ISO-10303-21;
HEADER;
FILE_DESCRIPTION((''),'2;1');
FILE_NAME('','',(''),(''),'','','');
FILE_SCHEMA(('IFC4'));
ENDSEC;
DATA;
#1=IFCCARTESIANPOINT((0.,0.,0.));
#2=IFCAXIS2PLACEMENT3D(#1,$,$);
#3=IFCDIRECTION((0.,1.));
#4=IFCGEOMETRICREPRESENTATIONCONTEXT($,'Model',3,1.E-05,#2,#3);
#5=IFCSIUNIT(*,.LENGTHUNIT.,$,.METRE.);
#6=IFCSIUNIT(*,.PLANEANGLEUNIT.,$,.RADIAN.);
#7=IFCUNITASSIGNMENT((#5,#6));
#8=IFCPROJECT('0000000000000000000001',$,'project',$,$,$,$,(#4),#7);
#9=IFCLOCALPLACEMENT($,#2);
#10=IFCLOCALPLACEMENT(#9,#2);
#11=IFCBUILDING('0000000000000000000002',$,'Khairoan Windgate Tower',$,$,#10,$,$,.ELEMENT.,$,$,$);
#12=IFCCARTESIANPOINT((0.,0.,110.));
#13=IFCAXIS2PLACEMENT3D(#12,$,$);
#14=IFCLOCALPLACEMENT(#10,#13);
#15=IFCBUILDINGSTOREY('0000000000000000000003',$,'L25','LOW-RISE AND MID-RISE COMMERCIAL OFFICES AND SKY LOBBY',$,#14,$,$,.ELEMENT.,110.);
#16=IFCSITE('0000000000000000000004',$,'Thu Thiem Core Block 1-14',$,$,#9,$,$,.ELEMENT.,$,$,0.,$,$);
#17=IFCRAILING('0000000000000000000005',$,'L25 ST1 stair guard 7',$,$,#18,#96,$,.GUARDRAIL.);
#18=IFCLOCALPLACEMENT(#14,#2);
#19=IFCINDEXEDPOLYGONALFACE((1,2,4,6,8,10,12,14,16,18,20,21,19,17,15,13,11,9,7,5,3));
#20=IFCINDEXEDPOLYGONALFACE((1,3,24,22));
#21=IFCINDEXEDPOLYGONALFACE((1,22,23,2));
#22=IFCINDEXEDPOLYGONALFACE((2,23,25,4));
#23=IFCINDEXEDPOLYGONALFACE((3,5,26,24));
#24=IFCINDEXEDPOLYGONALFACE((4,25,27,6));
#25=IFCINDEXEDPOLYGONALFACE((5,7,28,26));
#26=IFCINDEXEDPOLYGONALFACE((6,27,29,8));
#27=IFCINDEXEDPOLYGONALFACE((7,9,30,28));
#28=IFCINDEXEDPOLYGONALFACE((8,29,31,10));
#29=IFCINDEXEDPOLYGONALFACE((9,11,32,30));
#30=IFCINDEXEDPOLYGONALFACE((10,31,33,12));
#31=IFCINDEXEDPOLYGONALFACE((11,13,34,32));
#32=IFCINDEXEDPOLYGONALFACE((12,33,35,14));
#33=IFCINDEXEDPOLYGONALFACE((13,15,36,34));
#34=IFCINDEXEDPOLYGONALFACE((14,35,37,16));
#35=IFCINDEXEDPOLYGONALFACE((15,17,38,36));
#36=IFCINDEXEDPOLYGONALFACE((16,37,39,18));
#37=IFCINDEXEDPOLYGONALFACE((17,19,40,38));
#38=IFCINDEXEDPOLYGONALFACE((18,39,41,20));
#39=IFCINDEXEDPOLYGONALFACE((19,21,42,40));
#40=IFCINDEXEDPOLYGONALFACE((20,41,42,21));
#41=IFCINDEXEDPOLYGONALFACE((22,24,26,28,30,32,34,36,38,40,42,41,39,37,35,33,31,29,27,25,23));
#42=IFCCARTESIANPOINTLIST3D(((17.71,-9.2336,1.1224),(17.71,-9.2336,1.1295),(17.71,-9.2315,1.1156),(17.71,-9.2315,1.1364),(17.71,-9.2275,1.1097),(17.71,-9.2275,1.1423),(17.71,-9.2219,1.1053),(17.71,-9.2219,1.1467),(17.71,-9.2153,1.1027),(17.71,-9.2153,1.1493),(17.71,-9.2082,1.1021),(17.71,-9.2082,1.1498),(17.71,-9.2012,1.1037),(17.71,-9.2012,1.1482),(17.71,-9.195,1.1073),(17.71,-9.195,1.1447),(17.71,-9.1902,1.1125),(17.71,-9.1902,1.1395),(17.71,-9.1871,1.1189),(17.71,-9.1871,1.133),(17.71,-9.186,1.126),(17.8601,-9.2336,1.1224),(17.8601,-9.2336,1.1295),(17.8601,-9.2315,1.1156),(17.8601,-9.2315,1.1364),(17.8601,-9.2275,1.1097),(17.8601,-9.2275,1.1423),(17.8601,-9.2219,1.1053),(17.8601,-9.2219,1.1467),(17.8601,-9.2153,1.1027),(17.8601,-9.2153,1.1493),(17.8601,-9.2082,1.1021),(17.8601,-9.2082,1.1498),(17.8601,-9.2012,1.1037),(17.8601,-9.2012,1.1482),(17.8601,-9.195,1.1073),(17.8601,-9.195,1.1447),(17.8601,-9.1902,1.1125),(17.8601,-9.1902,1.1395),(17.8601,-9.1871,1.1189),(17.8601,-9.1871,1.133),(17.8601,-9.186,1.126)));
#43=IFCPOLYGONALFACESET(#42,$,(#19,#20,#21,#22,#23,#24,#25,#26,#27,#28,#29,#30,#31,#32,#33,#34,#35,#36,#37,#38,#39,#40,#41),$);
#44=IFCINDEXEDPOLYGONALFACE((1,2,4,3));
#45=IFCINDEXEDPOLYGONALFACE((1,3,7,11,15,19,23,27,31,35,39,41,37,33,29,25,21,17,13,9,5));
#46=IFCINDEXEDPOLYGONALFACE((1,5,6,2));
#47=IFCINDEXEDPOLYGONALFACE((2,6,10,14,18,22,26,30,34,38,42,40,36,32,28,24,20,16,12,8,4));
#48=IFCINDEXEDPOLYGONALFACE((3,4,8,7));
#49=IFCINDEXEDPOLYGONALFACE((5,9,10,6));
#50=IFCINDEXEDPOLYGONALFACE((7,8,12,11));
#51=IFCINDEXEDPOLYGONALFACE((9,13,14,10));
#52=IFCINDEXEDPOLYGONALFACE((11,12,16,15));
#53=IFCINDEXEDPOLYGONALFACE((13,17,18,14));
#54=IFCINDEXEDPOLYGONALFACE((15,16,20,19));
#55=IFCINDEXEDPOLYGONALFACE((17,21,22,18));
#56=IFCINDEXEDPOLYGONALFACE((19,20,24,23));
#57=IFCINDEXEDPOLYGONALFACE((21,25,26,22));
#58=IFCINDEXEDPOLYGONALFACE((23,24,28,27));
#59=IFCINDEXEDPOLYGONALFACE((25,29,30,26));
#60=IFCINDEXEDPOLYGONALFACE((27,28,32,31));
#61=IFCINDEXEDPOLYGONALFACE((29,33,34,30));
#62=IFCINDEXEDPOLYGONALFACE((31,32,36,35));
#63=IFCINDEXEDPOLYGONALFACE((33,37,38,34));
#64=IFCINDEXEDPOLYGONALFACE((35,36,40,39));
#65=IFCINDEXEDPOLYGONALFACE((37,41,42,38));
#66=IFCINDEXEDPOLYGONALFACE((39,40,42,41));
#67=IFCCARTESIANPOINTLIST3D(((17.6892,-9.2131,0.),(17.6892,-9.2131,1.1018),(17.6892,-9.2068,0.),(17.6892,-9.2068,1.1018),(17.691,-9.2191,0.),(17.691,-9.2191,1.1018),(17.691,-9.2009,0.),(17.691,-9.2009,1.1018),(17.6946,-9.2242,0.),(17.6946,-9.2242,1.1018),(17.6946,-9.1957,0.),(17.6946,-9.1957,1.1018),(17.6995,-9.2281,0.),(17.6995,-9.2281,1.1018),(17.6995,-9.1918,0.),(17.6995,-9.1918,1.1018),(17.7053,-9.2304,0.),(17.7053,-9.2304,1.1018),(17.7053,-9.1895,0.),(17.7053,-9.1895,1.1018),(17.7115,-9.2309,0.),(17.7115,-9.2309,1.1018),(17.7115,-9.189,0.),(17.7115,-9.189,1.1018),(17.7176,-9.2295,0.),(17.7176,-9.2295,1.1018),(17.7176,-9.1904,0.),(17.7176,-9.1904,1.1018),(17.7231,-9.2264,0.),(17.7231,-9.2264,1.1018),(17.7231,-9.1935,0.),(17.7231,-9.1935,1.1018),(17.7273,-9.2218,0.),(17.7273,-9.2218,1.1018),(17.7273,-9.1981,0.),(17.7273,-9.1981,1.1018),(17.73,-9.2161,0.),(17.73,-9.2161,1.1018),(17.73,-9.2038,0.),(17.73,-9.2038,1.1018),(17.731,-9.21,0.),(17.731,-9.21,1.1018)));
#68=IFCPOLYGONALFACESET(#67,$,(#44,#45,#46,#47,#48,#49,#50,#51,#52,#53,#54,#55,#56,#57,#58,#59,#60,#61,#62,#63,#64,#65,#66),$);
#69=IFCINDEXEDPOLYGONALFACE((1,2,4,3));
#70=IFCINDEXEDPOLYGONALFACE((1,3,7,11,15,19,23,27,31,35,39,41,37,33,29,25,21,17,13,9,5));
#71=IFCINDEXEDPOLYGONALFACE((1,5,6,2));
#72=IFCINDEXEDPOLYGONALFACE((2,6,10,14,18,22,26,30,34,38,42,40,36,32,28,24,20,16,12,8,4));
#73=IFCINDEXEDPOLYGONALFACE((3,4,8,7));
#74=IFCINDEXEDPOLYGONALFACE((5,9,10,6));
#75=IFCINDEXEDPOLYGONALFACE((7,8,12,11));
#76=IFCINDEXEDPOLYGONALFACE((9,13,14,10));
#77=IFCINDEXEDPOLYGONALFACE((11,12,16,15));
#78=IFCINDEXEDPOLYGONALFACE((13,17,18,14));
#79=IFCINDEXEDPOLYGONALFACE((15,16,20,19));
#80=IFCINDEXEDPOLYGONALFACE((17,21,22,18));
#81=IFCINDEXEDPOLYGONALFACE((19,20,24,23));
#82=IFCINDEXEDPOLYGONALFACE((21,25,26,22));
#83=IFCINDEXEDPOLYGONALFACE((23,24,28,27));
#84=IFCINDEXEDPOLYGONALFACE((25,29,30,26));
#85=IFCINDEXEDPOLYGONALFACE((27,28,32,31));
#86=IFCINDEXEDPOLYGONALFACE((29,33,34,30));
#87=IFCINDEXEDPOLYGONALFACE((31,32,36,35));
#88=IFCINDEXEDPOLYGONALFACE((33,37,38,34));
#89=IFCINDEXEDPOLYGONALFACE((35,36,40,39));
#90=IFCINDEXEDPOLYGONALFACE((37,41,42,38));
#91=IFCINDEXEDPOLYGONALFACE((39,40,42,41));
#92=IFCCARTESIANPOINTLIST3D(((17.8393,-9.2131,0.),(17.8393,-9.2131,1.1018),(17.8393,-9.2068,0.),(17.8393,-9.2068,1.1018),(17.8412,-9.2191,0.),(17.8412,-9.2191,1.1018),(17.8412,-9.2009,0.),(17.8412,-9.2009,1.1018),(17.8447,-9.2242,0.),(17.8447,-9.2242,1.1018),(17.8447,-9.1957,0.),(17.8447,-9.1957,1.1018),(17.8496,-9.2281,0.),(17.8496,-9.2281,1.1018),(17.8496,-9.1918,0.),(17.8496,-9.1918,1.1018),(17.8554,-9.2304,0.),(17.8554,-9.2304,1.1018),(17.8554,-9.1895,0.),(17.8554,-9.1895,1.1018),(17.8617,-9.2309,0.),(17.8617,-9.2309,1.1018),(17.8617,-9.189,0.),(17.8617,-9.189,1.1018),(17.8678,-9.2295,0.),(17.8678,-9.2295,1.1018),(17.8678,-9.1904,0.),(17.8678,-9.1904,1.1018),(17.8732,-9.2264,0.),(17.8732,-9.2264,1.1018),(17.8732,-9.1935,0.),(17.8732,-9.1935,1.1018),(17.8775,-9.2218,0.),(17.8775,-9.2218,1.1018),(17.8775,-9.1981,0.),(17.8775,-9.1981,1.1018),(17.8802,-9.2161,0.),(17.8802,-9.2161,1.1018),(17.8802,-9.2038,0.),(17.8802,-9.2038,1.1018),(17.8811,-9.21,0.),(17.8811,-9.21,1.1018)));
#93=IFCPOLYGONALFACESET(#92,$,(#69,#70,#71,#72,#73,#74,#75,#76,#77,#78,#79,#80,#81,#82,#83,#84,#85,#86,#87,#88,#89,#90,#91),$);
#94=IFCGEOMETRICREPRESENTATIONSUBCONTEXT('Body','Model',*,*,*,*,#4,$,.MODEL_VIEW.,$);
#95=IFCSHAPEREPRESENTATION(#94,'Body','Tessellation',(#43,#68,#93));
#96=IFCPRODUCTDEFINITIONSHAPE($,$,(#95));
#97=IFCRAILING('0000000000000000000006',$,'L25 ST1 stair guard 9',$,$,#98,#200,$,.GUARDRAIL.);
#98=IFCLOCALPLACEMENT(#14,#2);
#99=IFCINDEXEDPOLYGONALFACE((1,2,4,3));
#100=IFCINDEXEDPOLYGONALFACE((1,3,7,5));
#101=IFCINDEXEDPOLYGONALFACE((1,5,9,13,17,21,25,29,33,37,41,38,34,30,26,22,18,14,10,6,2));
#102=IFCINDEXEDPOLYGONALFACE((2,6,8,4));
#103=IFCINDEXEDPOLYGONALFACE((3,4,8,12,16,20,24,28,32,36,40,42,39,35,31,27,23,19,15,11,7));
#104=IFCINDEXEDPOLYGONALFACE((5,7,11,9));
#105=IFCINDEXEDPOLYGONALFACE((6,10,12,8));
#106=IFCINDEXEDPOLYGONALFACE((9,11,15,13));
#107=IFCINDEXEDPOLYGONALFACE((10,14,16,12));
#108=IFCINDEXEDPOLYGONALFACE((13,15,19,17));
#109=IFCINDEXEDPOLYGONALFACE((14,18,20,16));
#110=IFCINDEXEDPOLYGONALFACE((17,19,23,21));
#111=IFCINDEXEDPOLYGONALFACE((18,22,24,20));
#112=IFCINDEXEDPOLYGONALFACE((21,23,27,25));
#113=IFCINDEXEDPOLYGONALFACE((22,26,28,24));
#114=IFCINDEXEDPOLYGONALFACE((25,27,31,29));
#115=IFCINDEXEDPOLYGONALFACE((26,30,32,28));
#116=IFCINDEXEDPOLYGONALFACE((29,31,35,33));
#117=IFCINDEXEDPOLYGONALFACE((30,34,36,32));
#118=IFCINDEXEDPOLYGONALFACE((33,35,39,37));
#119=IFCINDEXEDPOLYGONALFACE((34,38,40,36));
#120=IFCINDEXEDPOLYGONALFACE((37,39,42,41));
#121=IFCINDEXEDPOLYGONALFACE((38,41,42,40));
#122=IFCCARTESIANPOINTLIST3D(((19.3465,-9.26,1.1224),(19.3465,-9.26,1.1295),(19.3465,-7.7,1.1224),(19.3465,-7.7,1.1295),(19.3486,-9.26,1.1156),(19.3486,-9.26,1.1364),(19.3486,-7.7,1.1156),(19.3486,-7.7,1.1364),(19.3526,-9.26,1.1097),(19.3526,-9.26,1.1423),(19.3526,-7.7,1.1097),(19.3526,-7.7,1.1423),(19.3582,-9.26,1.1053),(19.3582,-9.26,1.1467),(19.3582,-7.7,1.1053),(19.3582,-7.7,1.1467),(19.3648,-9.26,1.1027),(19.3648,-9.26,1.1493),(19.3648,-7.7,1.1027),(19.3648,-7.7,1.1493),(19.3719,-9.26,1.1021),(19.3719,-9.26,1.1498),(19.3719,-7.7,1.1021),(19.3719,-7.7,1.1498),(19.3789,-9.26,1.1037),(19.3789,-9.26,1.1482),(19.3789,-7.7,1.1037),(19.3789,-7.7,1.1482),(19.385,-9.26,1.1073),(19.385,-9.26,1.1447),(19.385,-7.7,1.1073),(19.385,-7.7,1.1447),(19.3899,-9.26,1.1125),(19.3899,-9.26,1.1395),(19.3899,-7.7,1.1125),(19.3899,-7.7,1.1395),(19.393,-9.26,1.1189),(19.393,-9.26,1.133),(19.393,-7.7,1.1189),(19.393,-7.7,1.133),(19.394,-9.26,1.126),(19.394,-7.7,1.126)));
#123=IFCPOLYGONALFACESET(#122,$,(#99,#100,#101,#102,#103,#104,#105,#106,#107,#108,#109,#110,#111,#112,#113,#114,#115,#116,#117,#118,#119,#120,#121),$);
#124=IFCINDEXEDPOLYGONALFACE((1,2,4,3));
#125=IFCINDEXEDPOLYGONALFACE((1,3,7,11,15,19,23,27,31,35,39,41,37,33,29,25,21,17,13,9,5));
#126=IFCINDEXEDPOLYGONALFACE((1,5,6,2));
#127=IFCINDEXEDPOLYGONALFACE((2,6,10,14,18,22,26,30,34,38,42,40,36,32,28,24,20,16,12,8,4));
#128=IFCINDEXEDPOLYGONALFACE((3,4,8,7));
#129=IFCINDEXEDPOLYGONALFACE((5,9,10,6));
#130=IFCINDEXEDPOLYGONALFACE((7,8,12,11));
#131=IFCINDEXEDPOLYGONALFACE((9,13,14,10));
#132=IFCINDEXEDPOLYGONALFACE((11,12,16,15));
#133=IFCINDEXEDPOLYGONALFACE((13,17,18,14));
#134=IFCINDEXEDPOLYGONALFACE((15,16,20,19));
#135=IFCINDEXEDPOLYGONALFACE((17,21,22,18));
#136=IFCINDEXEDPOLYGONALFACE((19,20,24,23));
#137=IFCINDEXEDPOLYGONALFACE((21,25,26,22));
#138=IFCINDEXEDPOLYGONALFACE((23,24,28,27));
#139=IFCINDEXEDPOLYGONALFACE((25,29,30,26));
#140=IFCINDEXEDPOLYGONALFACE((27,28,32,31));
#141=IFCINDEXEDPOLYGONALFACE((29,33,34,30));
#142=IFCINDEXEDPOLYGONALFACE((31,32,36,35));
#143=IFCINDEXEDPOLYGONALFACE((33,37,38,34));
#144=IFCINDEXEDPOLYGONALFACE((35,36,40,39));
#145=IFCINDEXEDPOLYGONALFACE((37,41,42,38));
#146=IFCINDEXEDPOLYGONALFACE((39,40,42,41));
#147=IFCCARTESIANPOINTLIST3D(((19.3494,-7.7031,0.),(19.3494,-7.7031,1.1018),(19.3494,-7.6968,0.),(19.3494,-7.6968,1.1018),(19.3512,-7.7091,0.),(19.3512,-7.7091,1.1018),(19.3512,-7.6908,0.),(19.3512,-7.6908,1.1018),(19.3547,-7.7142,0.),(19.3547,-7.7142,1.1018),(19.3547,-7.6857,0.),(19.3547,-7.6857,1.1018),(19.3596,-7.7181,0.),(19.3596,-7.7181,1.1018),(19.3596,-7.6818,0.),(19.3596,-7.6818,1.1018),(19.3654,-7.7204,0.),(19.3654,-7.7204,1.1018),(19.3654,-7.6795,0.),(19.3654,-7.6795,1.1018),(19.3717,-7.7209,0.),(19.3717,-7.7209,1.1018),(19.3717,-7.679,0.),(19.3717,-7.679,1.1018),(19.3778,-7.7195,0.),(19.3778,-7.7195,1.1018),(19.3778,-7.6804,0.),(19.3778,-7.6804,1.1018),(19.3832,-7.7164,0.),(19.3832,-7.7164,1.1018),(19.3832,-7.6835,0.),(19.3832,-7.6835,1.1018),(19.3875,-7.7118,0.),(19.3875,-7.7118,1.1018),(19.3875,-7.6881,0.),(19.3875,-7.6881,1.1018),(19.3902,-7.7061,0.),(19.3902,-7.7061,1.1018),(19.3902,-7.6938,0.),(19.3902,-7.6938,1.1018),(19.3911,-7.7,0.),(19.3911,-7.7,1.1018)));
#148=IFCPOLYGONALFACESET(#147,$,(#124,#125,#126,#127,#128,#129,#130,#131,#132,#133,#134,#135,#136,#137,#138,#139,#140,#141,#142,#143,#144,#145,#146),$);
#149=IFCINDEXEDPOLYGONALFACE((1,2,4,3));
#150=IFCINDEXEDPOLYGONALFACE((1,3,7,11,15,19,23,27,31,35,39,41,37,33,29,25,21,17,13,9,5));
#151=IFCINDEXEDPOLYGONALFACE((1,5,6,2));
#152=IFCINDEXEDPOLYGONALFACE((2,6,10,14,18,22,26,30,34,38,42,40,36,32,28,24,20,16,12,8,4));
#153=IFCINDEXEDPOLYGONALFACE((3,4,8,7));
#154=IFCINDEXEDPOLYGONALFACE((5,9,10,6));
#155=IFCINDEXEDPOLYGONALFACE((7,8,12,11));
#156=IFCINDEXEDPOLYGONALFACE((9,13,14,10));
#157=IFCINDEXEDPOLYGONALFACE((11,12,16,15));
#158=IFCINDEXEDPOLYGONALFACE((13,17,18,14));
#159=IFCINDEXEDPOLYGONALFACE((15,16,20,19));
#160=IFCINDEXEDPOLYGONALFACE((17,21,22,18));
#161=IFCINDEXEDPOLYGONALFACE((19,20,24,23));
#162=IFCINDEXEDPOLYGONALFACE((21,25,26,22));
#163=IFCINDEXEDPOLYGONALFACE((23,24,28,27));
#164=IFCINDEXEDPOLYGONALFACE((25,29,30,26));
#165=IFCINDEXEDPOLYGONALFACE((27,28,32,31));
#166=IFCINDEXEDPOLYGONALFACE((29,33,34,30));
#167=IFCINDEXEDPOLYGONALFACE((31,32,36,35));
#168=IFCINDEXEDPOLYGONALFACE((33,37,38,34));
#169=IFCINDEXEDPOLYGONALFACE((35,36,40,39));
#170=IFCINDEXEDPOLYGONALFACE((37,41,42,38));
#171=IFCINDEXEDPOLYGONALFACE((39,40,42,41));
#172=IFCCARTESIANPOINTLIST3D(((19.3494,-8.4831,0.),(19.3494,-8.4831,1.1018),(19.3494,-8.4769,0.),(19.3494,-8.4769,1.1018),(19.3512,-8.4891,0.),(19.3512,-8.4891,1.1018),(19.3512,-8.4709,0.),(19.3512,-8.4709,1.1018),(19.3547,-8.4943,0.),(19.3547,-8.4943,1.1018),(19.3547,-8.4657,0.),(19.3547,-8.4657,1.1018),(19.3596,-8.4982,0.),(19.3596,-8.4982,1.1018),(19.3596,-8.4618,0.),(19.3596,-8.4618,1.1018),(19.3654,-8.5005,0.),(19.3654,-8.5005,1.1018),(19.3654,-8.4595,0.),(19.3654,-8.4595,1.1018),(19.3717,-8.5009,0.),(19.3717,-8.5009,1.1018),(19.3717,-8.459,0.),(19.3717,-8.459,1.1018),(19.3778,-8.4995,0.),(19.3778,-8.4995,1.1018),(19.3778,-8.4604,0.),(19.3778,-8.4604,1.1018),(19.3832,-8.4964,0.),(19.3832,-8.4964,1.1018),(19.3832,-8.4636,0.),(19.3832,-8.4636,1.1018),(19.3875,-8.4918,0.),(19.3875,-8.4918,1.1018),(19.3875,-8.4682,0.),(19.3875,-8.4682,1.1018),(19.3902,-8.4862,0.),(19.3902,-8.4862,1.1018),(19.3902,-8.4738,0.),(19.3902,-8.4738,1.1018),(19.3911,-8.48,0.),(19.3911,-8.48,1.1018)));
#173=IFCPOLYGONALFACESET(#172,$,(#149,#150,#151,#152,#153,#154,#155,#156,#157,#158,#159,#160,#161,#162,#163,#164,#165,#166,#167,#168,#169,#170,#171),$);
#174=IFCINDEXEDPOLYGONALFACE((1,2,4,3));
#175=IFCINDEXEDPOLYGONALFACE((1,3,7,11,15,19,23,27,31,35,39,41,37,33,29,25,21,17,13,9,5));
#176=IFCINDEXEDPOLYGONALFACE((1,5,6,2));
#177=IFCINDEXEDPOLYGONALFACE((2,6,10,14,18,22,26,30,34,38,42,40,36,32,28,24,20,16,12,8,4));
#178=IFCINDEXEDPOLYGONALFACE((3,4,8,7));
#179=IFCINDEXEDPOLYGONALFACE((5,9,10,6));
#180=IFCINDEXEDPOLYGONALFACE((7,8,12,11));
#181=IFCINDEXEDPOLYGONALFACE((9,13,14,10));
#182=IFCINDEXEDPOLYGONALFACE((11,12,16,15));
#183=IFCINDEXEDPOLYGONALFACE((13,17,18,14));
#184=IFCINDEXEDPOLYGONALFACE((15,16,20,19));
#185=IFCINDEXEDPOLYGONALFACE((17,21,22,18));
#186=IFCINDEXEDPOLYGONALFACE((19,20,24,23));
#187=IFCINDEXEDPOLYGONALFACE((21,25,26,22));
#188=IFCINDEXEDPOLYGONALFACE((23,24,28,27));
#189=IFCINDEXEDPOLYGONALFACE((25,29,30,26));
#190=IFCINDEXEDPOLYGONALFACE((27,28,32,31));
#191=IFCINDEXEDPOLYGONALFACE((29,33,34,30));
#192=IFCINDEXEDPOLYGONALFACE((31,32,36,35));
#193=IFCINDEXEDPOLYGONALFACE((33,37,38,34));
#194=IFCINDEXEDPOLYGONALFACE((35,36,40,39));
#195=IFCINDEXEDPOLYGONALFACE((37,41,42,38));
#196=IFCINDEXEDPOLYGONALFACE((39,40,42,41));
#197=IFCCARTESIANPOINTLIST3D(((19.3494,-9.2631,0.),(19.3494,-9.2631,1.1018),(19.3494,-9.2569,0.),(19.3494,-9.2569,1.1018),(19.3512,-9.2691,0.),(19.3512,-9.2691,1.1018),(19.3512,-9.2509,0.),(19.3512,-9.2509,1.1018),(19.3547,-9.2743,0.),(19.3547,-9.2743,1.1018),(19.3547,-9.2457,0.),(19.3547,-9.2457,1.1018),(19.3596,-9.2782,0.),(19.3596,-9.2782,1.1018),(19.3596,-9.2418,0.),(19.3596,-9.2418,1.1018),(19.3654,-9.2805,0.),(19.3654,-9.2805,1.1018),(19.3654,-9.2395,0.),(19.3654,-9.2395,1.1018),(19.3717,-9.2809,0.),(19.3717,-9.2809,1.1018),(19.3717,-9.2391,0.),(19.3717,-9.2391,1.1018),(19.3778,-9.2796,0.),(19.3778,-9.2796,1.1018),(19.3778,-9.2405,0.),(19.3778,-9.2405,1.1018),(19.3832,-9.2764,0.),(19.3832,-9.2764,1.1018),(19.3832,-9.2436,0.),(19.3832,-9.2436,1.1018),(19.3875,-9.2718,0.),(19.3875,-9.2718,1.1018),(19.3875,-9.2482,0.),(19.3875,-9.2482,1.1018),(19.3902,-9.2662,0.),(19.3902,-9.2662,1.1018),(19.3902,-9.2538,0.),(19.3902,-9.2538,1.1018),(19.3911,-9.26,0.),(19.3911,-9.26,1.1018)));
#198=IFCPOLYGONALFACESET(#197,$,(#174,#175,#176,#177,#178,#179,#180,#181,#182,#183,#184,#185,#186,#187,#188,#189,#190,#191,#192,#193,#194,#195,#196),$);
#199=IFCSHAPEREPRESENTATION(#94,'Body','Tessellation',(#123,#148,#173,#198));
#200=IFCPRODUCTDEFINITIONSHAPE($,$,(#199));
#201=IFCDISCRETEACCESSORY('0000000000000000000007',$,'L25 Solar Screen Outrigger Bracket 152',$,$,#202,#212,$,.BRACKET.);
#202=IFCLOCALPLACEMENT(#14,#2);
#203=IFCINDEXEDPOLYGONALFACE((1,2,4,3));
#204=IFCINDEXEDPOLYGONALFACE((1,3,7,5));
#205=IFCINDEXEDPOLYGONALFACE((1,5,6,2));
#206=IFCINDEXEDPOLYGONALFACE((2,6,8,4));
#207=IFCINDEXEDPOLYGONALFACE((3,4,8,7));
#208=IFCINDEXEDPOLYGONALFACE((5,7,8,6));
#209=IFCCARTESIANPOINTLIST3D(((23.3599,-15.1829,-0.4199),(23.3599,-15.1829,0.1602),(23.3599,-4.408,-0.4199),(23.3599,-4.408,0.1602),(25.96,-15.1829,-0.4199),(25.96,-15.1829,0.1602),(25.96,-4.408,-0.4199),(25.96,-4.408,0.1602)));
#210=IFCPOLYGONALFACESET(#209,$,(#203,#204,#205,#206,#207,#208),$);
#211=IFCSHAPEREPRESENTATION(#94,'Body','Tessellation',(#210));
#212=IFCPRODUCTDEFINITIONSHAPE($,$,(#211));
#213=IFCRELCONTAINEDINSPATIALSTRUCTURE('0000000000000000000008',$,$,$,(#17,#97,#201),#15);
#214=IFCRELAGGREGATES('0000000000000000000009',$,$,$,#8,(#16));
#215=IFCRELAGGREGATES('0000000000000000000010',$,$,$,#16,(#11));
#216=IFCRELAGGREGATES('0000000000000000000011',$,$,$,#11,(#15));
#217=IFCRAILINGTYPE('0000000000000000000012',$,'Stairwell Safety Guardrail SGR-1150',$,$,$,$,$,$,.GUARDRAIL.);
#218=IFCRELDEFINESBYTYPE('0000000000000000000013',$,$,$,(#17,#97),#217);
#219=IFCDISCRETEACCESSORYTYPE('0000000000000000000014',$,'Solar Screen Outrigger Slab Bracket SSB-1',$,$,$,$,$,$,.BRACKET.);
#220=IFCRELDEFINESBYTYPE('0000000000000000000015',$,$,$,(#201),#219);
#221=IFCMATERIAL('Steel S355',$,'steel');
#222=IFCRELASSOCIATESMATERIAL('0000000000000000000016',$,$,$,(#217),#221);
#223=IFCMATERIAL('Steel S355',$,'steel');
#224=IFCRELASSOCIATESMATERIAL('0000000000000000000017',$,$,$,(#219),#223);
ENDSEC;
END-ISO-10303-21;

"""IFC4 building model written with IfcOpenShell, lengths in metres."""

from ifc_helpers import new_model, si_unit, direction, frame, origin, origin_2d, place, context, subcontext, project, spatial, rectangle, circle, extrude, material, type_object, element, save


model = new_model("IFC4")

# Units and contexts
model_context = context("Model", 3, precision=1e-05, world=origin(), true_north=direction((0.0, 1.0)))
body_context = subcontext(model_context, "Body", "Model", "MODEL_VIEW")
ifc_project = project(units=[si_unit("LENGTHUNIT", "METRE"), si_unit("PLANEANGLEUNIT", "RADIAN")], contexts=[model_context])

# Site, building, storey
site_placement = place(None, origin())
site = spatial("IfcSite", under=ifc_project, at=site_placement, Name="Thu Thiem Core Block 1-14", CompositionType="ELEMENT", RefElevation=0.0)
building_placement = place(site_placement, origin())
building = spatial("IfcBuilding", under=site, at=building_placement, Name="Khairoan Windgate Tower", CompositionType="ELEMENT")
storey_placement = place(building_placement, frame((0.0, 0.0, 110.0)))
storey = spatial("IfcBuildingStorey", under=building, at=storey_placement, Name="L25", Description="LOW-RISE AND MID-RISE COMMERCIAL OFFICES AND SKY LOBBY", CompositionType="ELEMENT", Elevation=110.0)

# Railings
ifc_material_1 = material(Name="Steel S355", Category="steel")
railing_type_1 = type_object("IfcRailingType", Name="Stairwell Safety Guardrail SGR-1150", PredefinedType="GUARDRAIL", material=ifc_material_1)
railing_1_placement = place(storey_placement, frame((17.71, -9.21, 0.0)))
element("IfcRailing", 1, at=railing_1_placement, inside=storey, type_object=railing_type_1, Name="L25 ST1 stair guard 7", PredefinedType="GUARDRAIL", context=body_context, shape_type="SweptSolid", body=[
    extrude(circle(Radius=0.0239, at=origin_2d()), frame((0.0, 0.0, 1.126), z_axis=(1.0, 0.0, 0.0), x_axis=(0.0, 1.0, 0.0)), (0.0, 0.0, 1.0), 0.1501),
    extrude(circle(Radius=0.021, at=origin_2d()), origin(), (0.0, 0.0, 1.0), 1.1018),
    extrude(circle(Radius=0.021, at=origin_2d()), frame((0.1501, 0.0, 0.0)), (0.0, 0.0, 1.0), 1.1018),
])
railing_2_placement = place(storey_placement, frame((19.3701, -7.7, 0.0)))
element("IfcRailing", 2, at=railing_2_placement, inside=storey, type_object=railing_type_1, Name="L25 ST1 stair guard 9", PredefinedType="GUARDRAIL", context=body_context, shape_type="SweptSolid", body=[
    extrude(circle(Radius=0.0239, at=origin_2d()), frame((0.0, 0.0, 1.126), z_axis=(0.0, -1.0, 0.0), x_axis=(1.0, 0.0, 0.0)), (0.0, 0.0, 1.0), 1.5601),
    extrude(circle(Radius=0.021, at=origin_2d()), origin(), (0.0, 0.0, 1.0), 1.1018),
    extrude(circle(Radius=0.021, at=origin_2d()), frame((0.0, -0.78, 0.0)), (0.0, 0.0, 1.0), 1.1018),
    extrude(circle(Radius=0.021, at=origin_2d()), frame((0.0, -1.5601, 0.0)), (0.0, 0.0, 1.0), 1.1018),
])

# Discrete accessory
ifc_material_2 = material(Name="Steel S355", Category="steel")
discrete_accessory_type = type_object("IfcDiscreteAccessoryType", Name="Solar Screen Outrigger Slab Bracket SSB-1", PredefinedType="BRACKET", material=ifc_material_2)
discrete_accessory_placement = place(storey_placement, frame((24.6599, -9.7954, -0.4199), z_axis=(0.0, 0.0, 1.0), x_axis=(0.0, -1.0, 0.0)))
element("IfcDiscreteAccessory", 3, at=discrete_accessory_placement, inside=storey, type_object=discrete_accessory_type, Name="L25 Solar Screen Outrigger Bracket 152", PredefinedType="BRACKET", context=body_context, shape_type="SweptSolid", body=[
    extrude(rectangle(XDim=10.7749, YDim=2.6001, at=origin_2d()), origin(), (0.0, 0.0, 1.0), 0.5801),
])

save(model, "model.ifc")
